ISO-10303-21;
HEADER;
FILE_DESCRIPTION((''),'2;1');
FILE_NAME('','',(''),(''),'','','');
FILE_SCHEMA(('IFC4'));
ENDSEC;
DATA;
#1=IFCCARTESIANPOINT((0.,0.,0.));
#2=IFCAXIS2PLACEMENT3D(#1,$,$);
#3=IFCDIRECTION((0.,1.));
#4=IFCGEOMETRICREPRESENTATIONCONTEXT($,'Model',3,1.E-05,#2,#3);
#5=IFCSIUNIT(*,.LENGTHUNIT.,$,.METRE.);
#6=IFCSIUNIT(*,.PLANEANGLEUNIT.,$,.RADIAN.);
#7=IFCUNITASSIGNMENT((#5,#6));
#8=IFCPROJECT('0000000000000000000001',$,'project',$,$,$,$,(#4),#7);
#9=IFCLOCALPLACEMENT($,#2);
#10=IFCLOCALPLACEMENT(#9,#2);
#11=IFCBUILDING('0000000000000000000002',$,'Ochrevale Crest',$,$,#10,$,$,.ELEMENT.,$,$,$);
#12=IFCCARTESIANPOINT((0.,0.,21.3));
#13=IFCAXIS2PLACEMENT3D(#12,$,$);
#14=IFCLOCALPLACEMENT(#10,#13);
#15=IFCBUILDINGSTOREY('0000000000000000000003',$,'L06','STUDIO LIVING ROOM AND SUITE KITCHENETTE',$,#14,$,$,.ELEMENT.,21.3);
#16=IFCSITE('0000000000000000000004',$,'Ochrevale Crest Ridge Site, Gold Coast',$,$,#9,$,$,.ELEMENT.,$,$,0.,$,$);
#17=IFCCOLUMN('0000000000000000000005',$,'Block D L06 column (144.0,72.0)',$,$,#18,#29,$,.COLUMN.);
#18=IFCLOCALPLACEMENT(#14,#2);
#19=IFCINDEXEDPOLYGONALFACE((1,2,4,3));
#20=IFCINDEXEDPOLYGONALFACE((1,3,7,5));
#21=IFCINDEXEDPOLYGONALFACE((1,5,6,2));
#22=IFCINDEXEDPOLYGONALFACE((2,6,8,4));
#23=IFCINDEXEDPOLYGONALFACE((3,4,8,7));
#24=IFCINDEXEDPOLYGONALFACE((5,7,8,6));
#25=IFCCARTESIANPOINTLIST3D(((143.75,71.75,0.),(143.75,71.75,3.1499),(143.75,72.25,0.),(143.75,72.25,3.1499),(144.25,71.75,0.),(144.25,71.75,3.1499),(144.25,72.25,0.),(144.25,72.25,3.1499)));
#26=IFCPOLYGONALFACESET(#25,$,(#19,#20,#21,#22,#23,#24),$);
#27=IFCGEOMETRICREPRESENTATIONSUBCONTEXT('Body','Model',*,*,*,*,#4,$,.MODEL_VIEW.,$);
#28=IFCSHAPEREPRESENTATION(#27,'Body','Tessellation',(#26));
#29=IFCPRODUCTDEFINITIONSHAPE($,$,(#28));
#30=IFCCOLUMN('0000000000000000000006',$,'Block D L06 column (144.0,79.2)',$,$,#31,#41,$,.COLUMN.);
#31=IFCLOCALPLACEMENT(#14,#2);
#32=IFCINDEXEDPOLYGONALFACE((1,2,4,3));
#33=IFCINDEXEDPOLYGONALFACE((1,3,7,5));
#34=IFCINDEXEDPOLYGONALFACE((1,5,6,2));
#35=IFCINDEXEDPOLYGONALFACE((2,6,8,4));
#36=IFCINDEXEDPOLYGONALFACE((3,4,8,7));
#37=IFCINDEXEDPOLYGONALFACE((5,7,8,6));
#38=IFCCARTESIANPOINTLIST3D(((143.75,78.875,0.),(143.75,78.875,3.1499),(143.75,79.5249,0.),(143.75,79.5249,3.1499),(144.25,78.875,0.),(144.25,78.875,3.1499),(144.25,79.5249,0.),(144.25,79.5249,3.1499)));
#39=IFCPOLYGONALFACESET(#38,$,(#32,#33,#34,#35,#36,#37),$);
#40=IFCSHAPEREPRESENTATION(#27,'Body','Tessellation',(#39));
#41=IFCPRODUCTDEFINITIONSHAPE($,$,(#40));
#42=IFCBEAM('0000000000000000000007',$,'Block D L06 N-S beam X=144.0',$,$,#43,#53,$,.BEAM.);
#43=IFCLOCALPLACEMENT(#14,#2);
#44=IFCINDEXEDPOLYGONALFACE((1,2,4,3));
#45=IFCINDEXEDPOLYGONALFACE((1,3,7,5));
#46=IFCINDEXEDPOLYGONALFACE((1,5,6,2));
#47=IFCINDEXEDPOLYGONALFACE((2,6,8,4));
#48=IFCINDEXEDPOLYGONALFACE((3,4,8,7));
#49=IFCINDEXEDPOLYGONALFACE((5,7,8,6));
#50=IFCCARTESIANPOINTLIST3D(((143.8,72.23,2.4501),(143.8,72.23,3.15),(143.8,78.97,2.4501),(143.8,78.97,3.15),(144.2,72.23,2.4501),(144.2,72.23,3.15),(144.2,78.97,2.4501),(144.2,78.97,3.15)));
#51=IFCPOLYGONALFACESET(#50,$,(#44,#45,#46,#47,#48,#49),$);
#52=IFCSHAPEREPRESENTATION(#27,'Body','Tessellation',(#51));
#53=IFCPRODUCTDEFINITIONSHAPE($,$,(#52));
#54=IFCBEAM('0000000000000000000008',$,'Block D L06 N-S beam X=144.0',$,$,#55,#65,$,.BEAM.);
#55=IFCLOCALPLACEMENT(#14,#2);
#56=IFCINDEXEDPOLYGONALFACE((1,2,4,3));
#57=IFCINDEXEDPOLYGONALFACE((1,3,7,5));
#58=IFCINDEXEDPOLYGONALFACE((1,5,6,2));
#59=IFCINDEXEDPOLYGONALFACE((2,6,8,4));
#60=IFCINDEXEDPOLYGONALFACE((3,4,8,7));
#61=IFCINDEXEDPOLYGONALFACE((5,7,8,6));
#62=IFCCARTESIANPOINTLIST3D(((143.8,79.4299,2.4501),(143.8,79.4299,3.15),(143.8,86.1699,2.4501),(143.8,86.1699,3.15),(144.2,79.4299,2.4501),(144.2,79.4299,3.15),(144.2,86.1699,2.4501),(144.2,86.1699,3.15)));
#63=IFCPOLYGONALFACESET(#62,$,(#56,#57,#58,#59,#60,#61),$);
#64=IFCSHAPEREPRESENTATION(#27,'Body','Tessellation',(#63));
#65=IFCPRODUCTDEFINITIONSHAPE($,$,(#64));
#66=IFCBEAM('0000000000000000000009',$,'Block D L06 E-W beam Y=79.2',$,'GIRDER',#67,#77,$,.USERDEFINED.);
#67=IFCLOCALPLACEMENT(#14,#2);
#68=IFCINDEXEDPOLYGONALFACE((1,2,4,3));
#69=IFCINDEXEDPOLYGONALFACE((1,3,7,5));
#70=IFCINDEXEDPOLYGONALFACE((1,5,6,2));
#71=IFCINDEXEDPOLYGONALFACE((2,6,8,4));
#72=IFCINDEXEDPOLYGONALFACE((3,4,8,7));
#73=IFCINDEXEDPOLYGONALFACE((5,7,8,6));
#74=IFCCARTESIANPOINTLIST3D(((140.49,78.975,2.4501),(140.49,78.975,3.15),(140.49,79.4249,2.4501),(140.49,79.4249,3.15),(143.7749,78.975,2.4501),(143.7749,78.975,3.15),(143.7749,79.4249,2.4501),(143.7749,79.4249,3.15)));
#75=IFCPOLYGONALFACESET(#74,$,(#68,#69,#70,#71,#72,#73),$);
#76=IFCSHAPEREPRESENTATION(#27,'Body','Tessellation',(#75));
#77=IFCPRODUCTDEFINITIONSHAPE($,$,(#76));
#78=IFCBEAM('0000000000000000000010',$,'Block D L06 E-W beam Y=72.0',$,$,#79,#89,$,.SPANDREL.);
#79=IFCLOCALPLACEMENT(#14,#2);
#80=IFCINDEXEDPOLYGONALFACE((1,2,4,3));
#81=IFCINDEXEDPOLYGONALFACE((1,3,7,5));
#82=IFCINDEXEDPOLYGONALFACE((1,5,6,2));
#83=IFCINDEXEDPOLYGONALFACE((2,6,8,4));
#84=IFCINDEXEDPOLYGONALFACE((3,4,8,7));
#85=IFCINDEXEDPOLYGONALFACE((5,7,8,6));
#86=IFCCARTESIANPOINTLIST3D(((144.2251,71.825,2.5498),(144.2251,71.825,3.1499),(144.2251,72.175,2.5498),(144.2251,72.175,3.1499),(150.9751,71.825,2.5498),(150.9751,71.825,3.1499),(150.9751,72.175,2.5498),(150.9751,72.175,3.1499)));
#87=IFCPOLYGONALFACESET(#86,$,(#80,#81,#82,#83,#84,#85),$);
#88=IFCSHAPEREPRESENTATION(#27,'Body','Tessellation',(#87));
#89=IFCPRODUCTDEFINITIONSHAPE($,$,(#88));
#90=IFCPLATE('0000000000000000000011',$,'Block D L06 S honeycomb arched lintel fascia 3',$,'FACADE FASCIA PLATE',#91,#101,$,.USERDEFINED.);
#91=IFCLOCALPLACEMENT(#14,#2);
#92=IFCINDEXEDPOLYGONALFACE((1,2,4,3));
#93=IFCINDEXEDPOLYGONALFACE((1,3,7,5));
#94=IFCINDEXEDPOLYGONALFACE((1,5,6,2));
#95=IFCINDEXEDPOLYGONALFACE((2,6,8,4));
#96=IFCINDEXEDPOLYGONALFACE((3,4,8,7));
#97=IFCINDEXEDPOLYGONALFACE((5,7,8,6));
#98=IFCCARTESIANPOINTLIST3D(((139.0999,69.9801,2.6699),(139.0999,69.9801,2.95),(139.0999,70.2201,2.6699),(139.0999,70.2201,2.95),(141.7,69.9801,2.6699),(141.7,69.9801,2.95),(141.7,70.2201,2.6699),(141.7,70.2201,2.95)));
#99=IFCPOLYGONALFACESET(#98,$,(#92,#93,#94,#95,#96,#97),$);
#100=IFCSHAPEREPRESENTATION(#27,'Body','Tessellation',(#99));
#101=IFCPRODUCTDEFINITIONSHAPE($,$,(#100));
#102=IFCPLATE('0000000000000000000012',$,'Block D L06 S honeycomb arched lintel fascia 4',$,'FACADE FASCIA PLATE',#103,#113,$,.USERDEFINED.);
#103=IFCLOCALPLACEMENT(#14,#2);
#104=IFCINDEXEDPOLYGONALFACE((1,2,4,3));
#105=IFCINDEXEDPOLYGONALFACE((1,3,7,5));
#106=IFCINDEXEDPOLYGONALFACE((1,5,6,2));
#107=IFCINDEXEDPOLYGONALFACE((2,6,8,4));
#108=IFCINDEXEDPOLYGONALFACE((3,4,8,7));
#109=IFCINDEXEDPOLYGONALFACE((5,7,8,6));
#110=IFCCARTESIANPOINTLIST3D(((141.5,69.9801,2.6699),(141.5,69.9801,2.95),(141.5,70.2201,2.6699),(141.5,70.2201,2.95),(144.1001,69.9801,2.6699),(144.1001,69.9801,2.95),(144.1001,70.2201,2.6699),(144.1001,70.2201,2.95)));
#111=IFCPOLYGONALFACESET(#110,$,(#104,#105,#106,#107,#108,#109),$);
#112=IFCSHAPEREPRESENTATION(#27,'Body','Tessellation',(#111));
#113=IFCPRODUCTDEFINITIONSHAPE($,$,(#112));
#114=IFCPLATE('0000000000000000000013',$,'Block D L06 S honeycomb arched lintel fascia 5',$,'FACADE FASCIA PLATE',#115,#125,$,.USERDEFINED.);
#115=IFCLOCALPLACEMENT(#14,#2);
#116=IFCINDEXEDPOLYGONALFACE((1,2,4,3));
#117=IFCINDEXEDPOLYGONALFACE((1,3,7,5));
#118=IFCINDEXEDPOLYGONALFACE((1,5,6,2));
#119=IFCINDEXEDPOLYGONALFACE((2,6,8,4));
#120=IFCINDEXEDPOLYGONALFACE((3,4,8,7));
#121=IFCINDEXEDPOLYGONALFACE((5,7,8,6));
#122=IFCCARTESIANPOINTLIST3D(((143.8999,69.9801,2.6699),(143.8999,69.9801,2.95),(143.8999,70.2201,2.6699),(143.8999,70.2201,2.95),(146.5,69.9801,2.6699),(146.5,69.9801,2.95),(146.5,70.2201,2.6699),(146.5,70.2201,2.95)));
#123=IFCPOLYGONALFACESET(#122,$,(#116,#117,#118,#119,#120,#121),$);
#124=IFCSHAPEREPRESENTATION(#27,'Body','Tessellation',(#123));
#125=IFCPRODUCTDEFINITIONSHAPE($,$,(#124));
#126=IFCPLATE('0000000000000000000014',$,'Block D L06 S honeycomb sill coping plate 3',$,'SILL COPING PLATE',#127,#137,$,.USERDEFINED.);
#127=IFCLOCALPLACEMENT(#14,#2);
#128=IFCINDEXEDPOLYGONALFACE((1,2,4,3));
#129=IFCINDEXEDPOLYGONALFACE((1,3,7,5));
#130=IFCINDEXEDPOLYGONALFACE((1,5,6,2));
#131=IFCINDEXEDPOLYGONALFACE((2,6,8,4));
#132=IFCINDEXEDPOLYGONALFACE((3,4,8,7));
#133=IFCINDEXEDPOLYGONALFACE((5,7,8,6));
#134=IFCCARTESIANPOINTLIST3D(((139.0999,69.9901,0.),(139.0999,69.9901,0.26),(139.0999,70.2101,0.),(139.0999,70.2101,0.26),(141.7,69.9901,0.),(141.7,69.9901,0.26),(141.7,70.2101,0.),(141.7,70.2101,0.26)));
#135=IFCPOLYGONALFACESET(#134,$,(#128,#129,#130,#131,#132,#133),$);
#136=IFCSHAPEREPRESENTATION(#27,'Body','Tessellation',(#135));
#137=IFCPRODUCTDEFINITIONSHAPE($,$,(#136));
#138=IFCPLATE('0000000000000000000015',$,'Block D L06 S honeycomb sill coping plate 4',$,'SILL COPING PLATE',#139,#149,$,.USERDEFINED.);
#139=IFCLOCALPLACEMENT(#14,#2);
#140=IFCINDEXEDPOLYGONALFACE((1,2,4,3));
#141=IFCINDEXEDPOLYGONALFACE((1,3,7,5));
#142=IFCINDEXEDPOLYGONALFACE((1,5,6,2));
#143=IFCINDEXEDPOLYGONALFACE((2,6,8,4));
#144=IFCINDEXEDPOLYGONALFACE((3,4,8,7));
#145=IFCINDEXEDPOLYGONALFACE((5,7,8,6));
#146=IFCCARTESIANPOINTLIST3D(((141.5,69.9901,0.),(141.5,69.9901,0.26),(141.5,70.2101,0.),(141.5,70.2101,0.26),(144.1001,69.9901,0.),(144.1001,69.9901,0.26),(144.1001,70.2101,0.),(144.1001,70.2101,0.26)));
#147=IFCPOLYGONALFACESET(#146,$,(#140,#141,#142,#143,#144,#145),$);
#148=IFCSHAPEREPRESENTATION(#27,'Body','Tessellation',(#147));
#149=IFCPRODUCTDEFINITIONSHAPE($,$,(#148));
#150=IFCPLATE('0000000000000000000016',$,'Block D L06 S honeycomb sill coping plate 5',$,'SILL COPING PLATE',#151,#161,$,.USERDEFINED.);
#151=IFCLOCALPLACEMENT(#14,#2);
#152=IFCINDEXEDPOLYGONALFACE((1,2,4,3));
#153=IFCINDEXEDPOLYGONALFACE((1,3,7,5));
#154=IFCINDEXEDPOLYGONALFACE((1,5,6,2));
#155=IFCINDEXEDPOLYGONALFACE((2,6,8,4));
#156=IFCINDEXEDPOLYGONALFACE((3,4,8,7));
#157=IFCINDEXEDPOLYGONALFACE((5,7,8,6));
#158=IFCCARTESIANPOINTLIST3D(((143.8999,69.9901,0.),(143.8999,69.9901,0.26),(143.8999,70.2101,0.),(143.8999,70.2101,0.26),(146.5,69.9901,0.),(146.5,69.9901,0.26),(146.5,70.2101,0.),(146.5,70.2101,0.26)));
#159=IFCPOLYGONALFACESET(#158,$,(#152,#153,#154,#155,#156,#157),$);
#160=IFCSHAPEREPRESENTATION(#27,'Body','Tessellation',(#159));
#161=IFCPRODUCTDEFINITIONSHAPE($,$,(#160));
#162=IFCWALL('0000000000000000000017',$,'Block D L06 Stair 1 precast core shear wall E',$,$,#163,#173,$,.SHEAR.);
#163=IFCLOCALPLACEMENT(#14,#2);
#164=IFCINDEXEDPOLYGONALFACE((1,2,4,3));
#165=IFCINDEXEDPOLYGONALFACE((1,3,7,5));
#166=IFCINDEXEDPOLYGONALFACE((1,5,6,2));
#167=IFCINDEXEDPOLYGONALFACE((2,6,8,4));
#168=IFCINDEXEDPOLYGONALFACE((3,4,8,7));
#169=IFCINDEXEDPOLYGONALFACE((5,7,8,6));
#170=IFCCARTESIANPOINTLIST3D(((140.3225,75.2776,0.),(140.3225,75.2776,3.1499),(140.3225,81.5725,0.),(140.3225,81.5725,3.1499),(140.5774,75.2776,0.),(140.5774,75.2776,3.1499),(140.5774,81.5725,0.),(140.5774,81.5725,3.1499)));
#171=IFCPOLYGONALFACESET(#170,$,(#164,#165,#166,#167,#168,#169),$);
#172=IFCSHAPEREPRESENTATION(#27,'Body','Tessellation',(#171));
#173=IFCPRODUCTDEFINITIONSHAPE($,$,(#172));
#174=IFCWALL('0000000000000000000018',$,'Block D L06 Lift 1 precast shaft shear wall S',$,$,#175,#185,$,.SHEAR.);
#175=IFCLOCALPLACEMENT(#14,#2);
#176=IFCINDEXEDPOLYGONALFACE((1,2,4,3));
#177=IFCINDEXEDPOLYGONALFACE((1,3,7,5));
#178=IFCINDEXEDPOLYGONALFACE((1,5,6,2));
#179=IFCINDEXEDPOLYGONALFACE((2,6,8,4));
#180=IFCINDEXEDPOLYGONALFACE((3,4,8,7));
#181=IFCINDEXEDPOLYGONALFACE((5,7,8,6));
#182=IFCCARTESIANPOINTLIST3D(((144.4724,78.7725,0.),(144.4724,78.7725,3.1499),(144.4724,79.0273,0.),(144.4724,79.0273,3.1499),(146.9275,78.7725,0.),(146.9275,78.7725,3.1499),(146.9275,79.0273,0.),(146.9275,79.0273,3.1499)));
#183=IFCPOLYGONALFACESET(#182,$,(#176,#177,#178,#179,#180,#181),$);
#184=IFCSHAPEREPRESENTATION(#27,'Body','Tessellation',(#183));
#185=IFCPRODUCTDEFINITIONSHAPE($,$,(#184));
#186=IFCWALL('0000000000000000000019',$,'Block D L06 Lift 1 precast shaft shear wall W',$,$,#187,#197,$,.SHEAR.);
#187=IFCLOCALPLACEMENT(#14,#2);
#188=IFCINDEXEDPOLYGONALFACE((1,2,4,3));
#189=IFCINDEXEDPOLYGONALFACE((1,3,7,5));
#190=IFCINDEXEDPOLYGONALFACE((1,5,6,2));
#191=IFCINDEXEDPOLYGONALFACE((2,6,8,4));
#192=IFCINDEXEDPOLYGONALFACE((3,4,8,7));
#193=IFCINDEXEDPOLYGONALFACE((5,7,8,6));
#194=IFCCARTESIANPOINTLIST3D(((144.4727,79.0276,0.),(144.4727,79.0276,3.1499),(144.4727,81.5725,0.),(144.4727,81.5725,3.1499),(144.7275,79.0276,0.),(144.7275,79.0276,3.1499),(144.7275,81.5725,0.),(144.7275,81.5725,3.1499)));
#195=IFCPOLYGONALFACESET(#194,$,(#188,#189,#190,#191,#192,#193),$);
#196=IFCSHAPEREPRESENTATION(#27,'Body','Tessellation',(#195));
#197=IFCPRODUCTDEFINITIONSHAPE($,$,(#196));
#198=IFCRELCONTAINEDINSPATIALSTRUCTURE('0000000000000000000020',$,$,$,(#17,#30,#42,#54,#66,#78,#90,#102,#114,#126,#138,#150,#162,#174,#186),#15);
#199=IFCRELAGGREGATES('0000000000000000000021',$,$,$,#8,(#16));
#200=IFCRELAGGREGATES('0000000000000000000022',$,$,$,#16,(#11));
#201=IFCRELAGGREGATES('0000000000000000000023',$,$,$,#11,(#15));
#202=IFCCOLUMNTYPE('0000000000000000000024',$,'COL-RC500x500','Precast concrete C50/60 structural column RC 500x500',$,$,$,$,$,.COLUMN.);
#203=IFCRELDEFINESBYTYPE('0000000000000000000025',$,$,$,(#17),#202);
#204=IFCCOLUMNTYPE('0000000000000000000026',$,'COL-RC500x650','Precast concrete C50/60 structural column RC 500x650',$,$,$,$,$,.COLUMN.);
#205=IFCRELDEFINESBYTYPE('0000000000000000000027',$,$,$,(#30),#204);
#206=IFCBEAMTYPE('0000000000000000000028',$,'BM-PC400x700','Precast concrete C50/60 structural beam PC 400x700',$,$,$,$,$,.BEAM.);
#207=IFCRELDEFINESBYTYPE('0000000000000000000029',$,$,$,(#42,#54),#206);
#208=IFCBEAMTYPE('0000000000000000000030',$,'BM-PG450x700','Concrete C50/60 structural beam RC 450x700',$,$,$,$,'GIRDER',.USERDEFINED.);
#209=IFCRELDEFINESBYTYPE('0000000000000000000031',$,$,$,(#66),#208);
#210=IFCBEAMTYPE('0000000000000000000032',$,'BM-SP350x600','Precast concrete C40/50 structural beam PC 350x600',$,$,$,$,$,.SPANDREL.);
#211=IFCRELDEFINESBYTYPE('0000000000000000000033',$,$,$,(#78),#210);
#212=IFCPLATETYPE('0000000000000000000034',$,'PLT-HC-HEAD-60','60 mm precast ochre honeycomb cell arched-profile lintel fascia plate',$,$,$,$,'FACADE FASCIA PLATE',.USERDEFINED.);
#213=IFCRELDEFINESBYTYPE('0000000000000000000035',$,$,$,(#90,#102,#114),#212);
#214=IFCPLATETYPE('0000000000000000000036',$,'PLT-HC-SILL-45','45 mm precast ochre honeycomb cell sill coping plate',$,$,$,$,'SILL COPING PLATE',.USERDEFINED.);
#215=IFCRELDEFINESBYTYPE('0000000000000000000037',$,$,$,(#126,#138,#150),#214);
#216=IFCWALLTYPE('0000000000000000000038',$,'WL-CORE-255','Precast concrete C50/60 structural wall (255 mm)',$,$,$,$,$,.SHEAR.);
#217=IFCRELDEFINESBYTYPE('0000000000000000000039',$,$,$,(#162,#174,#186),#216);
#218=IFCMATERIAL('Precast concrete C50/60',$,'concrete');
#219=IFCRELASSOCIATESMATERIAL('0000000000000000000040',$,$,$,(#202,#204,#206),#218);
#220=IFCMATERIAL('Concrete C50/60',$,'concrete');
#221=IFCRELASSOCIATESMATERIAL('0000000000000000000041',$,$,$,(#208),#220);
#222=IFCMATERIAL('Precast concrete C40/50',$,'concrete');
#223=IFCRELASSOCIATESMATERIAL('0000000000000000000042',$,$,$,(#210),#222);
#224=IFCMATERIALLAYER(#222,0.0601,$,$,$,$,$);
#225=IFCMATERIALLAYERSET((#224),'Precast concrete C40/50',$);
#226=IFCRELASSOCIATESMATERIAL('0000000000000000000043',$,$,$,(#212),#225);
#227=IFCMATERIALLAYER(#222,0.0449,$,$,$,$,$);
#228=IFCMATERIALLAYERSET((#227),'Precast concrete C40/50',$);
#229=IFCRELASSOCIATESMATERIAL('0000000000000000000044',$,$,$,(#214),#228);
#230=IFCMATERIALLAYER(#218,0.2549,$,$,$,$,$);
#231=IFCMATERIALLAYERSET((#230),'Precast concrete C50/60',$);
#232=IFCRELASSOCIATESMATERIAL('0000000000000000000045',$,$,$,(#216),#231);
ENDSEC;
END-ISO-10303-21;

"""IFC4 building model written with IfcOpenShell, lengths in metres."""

from ifc_helpers import new_model, si_unit, direction, frame, frame_2d, origin, origin_2d, place, context, subcontext, project, spatial, rectangle, extrude, material, layer, layer_set, material_profile, profile_set, type_object, element, save


model = new_model("IFC4")

# Units and contexts
model_context = context("Model", 3, precision=1e-05, world=origin(), true_north=direction((0.0, 1.0)))
body_context = subcontext(model_context, "Body", "Model", "MODEL_VIEW")
ifc_project = project(units=[si_unit("LENGTHUNIT", "METRE"), si_unit("PLANEANGLEUNIT", "RADIAN")], contexts=[model_context])

# Site, building, storey
site_placement = place(None, origin())
site = spatial("IfcSite", under=ifc_project, at=site_placement, Name="Ochrevale Crest Ridge Site, Gold Coast", CompositionType="ELEMENT", RefElevation=0.0)
building_placement = place(site_placement, origin())
building = spatial("IfcBuilding", under=site, at=building_placement, Name="Ochrevale Crest", CompositionType="ELEMENT")
storey_placement = place(building_placement, frame((0.0, 0.0, 21.3)))
storey = spatial("IfcBuildingStorey", under=building, at=storey_placement, Name="L06", Description="STUDIO LIVING ROOM AND SUITE KITCHENETTE", CompositionType="ELEMENT", Elevation=21.3)

# Columns
ifc_material_1 = material(Name="Precast concrete C50/60", Category="concrete")
ifc_material_profile_1 = material_profile(ifc_material_1, rectangle(XDim=0.5, YDim=0.5, at=origin_2d()), Name="RC 500x500")
ifc_profile_set_1 = profile_set([ifc_material_profile_1], Name="Precast concrete C50/60")
column_type_1 = type_object("IfcColumnType", Name="COL-RC500x500", Description="Precast concrete C50/60 structural column RC 500x500", PredefinedType="COLUMN", material=ifc_profile_set_1)
column_1_placement = place(storey_placement, frame((144.0, 72.0, 0.0), z_axis=(0.0, 0.0, 1.0), x_axis=(1.0, 0.0, 0.0)))
element("IfcColumn", 1, at=column_1_placement, inside=storey, type_object=column_type_1, Name="Block D L06 column (144.0,72.0)", PredefinedType="COLUMN", context=body_context, shape_type="SweptSolid", body=[
    extrude(rectangle(XDim=0.5, YDim=0.5, at=origin_2d()), origin(), (0.0, 0.0, 1.0), 3.1499),
])
ifc_material_profile_2 = material_profile(ifc_material_1, rectangle(XDim=0.5, YDim=0.6499, at=origin_2d()), Name="RC 500x650")
ifc_profile_set_2 = profile_set([ifc_material_profile_2], Name="Precast concrete C50/60")
column_type_2 = type_object("IfcColumnType", Name="COL-RC500x650", Description="Precast concrete C50/60 structural column RC 500x650", PredefinedType="COLUMN", material=ifc_profile_set_2)
column_2_placement = place(storey_placement, frame((144.0, 79.2, 0.0), z_axis=(0.0, 0.0, 1.0), x_axis=(1.0, 0.0, 0.0)))
element("IfcColumn", 2, at=column_2_placement, inside=storey, type_object=column_type_2, Name="Block D L06 column (144.0,79.2)", PredefinedType="COLUMN", context=body_context, shape_type="SweptSolid", body=[
    extrude(rectangle(XDim=0.5, YDim=0.6499, at=origin_2d()), origin(), (0.0, 0.0, 1.0), 3.1499),
])

# Beams
ifc_material_profile_3 = material_profile(ifc_material_1, rectangle(XDim=0.3999, YDim=0.7, at=origin_2d()), Name="PC 400x700")
ifc_profile_set_3 = profile_set([ifc_material_profile_3], Name="Precast concrete C50/60")
beam_type_1 = type_object("IfcBeamType", Name="BM-PC400x700", Description="Precast concrete C50/60 structural beam PC 400x700", PredefinedType="BEAM", material=ifc_profile_set_3)
for number, where, z_axis, x_axis, name in (
    (3, (144.0, 72.23, 2.8), (0.0, 1.0, 0.0), (-1.0, 0.0, 0.0), "Block D L06 N-S beam X=144.0"),
    (4, (144.0, 79.4299, 2.8), (0.0, 1.0, 0.0), (-1.0, 0.0, 0.0), "Block D L06 N-S beam X=144.0"),
):
    element("IfcBeam", number, at=place(storey_placement, frame(where, z_axis=z_axis, x_axis=x_axis)), inside=storey, type_object=beam_type_1, Name=name, PredefinedType="BEAM", context=body_context, shape_type="SweptSolid", body=[
        extrude(rectangle(XDim=0.3999, YDim=0.7, at=origin_2d()), origin(), (0.0, 0.0, 1.0), 6.74),
    ])
ifc_material_2 = material(Name="Concrete C50/60", Category="concrete")
ifc_material_profile_4 = material_profile(ifc_material_2, rectangle(XDim=0.45, YDim=0.7, at=origin_2d()), Name="RC 450x700")
ifc_profile_set_4 = profile_set([ifc_material_profile_4], Name="Concrete C50/60")
beam_type_2 = type_object("IfcBeamType", Name="BM-PG450x700", Description="Concrete C50/60 structural beam RC 450x700", ElementType="GIRDER", PredefinedType="USERDEFINED", material=ifc_profile_set_4)
beam_1_placement = place(storey_placement, frame((140.49, 79.2, 2.8), z_axis=(1.0, 0.0, 0.0), x_axis=(0.0, 1.0, 0.0)))
element("IfcBeam", 5, at=beam_1_placement, inside=storey, type_object=beam_type_2, Name="Block D L06 E-W beam Y=79.2", ObjectType="GIRDER", PredefinedType="USERDEFINED", context=body_context, shape_type="SweptSolid", body=[
    extrude(rectangle(XDim=0.45, YDim=0.7, at=origin_2d()), origin(), (0.0, 0.0, 1.0), 3.2849),
])
ifc_material_3 = material(Name="Precast concrete C40/50", Category="concrete")
ifc_material_profile_5 = material_profile(ifc_material_3, rectangle(XDim=0.3501, YDim=0.6001, at=origin_2d()), Name="PC 350x600")
ifc_profile_set_5 = profile_set([ifc_material_profile_5], Name="Precast concrete C40/50")
beam_type_3 = type_object("IfcBeamType", Name="BM-SP350x600", Description="Precast concrete C40/50 structural beam PC 350x600", PredefinedType="SPANDREL", material=ifc_profile_set_5)
beam_2_placement = place(storey_placement, frame((144.2251, 72.0, 2.8499), z_axis=(1.0, 0.0, 0.0), x_axis=(0.0, 1.0, 0.0)))
element("IfcBeam", 6, at=beam_2_placement, inside=storey, type_object=beam_type_3, Name="Block D L06 E-W beam Y=72.0", PredefinedType="SPANDREL", context=body_context, shape_type="SweptSolid", body=[
    extrude(rectangle(XDim=0.3501, YDim=0.6001, at=origin_2d()), origin(), (0.0, 0.0, 1.0), 6.75),
])

# Plates
ifc_layer_1 = layer(ifc_material_3, 0.0601)
ifc_layer_set_1 = layer_set([ifc_layer_1], Name="Precast concrete C40/50")
plate_type_1 = type_object("IfcPlateType", Name="PLT-HC-HEAD-60", Description="60 mm precast ochre honeycomb cell arched-profile lintel fascia plate", ElementType="FACADE FASCIA PLATE", PredefinedType="USERDEFINED", material=ifc_layer_set_1)
for number, where, z_axis, x_axis, name in (
    (7, (140.3999, 70.1001, 2.6699), (0.0, 0.0, 1.0), (1.0, 0.0, 0.0), "Block D L06 S honeycomb arched lintel fascia 3"),
    (8, (142.8, 70.1001, 2.6699), (0.0, 0.0, 1.0), (1.0, 0.0, 0.0), "Block D L06 S honeycomb arched lintel fascia 4"),
    (9, (145.2, 70.1001, 2.6699), (0.0, 0.0, 1.0), (1.0, 0.0, 0.0), "Block D L06 S honeycomb arched lintel fascia 5"),
):
    element("IfcPlate", number, at=place(storey_placement, frame(where, z_axis=z_axis, x_axis=x_axis)), inside=storey, type_object=plate_type_1, Name=name, ObjectType="FACADE FASCIA PLATE", PredefinedType="USERDEFINED", context=body_context, shape_type="SweptSolid", body=[
        extrude(rectangle(XDim=2.6001, YDim=0.24, at=origin_2d()), origin(), (0.0, 0.0, 1.0), 0.28),
    ])
ifc_layer_2 = layer(ifc_material_3, 0.0449)
ifc_layer_set_2 = layer_set([ifc_layer_2], Name="Precast concrete C40/50")
plate_type_2 = type_object("IfcPlateType", Name="PLT-HC-SILL-45", Description="45 mm precast ochre honeycomb cell sill coping plate", ElementType="SILL COPING PLATE", PredefinedType="USERDEFINED", material=ifc_layer_set_2)
for number, where, z_axis, x_axis, name in (
    (10, (140.3999, 70.1001, 0.0), (0.0, 0.0, 1.0), (1.0, 0.0, 0.0), "Block D L06 S honeycomb sill coping plate 3"),
    (11, (142.8, 70.1001, 0.0), (0.0, 0.0, 1.0), (1.0, 0.0, 0.0), "Block D L06 S honeycomb sill coping plate 4"),
    (12, (145.2, 70.1001, 0.0), (0.0, 0.0, 1.0), (1.0, 0.0, 0.0), "Block D L06 S honeycomb sill coping plate 5"),
):
    element("IfcPlate", number, at=place(storey_placement, frame(where, z_axis=z_axis, x_axis=x_axis)), inside=storey, type_object=plate_type_2, Name=name, ObjectType="SILL COPING PLATE", PredefinedType="USERDEFINED", context=body_context, shape_type="SweptSolid", body=[
        extrude(rectangle(XDim=2.6001, YDim=0.22, at=origin_2d()), origin(), (0.0, 0.0, 1.0), 0.26),
    ])

# Walls
ifc_layer_3 = layer(ifc_material_1, 0.2549)
ifc_layer_set_3 = layer_set([ifc_layer_3], Name="Precast concrete C50/60")
wall_type_1 = type_object("IfcWallType", Name="WL-CORE-255", Description="Precast concrete C50/60 structural wall (255 mm)", PredefinedType="SHEAR", material=ifc_layer_set_3)
wall_1_placement = place(storey_placement, frame((140.45, 75.2776, 0.0), z_axis=(0.0, 0.0, 1.0), x_axis=(0.0, 1.0, 0.0)))
element("IfcWall", 13, at=wall_1_placement, inside=storey, type_object=wall_type_1, Name="Block D L06 Stair 1 precast core shear wall E", PredefinedType="SHEAR", context=body_context, shape_type="SweptSolid", body=[
    extrude(rectangle(XDim=6.2949, YDim=0.2549, at=frame_2d((3.1475, 0.0))), origin(), (0.0, 0.0, 1.0), 3.1499),
])
wall_2_placement = place(storey_placement, frame((144.4724, 78.8999, 0.0), z_axis=(0.0, 0.0, 1.0), x_axis=(1.0, 0.0, 0.0)))
element("IfcWall", 14, at=wall_2_placement, inside=storey, type_object=wall_type_1, Name="Block D L06 Lift 1 precast shaft shear wall S", PredefinedType="SHEAR", context=body_context, shape_type="SweptSolid", body=[
    extrude(rectangle(XDim=2.4551, YDim=0.2549, at=frame_2d((1.2275, 0.0))), origin(), (0.0, 0.0, 1.0), 3.1499),
])
wall_3_placement = place(storey_placement, frame((144.6001, 79.0276, 0.0), z_axis=(0.0, 0.0, 1.0), x_axis=(0.0, 1.0, 0.0)))
element("IfcWall", 15, at=wall_3_placement, inside=storey, type_object=wall_type_1, Name="Block D L06 Lift 1 precast shaft shear wall W", PredefinedType="SHEAR", context=body_context, shape_type="SweptSolid", body=[
    extrude(rectangle(XDim=2.5449, YDim=0.2549, at=frame_2d((1.2725, 0.0))), origin(), (0.0, 0.0, 1.0), 3.1499),
])

save(model, "model.ifc")
